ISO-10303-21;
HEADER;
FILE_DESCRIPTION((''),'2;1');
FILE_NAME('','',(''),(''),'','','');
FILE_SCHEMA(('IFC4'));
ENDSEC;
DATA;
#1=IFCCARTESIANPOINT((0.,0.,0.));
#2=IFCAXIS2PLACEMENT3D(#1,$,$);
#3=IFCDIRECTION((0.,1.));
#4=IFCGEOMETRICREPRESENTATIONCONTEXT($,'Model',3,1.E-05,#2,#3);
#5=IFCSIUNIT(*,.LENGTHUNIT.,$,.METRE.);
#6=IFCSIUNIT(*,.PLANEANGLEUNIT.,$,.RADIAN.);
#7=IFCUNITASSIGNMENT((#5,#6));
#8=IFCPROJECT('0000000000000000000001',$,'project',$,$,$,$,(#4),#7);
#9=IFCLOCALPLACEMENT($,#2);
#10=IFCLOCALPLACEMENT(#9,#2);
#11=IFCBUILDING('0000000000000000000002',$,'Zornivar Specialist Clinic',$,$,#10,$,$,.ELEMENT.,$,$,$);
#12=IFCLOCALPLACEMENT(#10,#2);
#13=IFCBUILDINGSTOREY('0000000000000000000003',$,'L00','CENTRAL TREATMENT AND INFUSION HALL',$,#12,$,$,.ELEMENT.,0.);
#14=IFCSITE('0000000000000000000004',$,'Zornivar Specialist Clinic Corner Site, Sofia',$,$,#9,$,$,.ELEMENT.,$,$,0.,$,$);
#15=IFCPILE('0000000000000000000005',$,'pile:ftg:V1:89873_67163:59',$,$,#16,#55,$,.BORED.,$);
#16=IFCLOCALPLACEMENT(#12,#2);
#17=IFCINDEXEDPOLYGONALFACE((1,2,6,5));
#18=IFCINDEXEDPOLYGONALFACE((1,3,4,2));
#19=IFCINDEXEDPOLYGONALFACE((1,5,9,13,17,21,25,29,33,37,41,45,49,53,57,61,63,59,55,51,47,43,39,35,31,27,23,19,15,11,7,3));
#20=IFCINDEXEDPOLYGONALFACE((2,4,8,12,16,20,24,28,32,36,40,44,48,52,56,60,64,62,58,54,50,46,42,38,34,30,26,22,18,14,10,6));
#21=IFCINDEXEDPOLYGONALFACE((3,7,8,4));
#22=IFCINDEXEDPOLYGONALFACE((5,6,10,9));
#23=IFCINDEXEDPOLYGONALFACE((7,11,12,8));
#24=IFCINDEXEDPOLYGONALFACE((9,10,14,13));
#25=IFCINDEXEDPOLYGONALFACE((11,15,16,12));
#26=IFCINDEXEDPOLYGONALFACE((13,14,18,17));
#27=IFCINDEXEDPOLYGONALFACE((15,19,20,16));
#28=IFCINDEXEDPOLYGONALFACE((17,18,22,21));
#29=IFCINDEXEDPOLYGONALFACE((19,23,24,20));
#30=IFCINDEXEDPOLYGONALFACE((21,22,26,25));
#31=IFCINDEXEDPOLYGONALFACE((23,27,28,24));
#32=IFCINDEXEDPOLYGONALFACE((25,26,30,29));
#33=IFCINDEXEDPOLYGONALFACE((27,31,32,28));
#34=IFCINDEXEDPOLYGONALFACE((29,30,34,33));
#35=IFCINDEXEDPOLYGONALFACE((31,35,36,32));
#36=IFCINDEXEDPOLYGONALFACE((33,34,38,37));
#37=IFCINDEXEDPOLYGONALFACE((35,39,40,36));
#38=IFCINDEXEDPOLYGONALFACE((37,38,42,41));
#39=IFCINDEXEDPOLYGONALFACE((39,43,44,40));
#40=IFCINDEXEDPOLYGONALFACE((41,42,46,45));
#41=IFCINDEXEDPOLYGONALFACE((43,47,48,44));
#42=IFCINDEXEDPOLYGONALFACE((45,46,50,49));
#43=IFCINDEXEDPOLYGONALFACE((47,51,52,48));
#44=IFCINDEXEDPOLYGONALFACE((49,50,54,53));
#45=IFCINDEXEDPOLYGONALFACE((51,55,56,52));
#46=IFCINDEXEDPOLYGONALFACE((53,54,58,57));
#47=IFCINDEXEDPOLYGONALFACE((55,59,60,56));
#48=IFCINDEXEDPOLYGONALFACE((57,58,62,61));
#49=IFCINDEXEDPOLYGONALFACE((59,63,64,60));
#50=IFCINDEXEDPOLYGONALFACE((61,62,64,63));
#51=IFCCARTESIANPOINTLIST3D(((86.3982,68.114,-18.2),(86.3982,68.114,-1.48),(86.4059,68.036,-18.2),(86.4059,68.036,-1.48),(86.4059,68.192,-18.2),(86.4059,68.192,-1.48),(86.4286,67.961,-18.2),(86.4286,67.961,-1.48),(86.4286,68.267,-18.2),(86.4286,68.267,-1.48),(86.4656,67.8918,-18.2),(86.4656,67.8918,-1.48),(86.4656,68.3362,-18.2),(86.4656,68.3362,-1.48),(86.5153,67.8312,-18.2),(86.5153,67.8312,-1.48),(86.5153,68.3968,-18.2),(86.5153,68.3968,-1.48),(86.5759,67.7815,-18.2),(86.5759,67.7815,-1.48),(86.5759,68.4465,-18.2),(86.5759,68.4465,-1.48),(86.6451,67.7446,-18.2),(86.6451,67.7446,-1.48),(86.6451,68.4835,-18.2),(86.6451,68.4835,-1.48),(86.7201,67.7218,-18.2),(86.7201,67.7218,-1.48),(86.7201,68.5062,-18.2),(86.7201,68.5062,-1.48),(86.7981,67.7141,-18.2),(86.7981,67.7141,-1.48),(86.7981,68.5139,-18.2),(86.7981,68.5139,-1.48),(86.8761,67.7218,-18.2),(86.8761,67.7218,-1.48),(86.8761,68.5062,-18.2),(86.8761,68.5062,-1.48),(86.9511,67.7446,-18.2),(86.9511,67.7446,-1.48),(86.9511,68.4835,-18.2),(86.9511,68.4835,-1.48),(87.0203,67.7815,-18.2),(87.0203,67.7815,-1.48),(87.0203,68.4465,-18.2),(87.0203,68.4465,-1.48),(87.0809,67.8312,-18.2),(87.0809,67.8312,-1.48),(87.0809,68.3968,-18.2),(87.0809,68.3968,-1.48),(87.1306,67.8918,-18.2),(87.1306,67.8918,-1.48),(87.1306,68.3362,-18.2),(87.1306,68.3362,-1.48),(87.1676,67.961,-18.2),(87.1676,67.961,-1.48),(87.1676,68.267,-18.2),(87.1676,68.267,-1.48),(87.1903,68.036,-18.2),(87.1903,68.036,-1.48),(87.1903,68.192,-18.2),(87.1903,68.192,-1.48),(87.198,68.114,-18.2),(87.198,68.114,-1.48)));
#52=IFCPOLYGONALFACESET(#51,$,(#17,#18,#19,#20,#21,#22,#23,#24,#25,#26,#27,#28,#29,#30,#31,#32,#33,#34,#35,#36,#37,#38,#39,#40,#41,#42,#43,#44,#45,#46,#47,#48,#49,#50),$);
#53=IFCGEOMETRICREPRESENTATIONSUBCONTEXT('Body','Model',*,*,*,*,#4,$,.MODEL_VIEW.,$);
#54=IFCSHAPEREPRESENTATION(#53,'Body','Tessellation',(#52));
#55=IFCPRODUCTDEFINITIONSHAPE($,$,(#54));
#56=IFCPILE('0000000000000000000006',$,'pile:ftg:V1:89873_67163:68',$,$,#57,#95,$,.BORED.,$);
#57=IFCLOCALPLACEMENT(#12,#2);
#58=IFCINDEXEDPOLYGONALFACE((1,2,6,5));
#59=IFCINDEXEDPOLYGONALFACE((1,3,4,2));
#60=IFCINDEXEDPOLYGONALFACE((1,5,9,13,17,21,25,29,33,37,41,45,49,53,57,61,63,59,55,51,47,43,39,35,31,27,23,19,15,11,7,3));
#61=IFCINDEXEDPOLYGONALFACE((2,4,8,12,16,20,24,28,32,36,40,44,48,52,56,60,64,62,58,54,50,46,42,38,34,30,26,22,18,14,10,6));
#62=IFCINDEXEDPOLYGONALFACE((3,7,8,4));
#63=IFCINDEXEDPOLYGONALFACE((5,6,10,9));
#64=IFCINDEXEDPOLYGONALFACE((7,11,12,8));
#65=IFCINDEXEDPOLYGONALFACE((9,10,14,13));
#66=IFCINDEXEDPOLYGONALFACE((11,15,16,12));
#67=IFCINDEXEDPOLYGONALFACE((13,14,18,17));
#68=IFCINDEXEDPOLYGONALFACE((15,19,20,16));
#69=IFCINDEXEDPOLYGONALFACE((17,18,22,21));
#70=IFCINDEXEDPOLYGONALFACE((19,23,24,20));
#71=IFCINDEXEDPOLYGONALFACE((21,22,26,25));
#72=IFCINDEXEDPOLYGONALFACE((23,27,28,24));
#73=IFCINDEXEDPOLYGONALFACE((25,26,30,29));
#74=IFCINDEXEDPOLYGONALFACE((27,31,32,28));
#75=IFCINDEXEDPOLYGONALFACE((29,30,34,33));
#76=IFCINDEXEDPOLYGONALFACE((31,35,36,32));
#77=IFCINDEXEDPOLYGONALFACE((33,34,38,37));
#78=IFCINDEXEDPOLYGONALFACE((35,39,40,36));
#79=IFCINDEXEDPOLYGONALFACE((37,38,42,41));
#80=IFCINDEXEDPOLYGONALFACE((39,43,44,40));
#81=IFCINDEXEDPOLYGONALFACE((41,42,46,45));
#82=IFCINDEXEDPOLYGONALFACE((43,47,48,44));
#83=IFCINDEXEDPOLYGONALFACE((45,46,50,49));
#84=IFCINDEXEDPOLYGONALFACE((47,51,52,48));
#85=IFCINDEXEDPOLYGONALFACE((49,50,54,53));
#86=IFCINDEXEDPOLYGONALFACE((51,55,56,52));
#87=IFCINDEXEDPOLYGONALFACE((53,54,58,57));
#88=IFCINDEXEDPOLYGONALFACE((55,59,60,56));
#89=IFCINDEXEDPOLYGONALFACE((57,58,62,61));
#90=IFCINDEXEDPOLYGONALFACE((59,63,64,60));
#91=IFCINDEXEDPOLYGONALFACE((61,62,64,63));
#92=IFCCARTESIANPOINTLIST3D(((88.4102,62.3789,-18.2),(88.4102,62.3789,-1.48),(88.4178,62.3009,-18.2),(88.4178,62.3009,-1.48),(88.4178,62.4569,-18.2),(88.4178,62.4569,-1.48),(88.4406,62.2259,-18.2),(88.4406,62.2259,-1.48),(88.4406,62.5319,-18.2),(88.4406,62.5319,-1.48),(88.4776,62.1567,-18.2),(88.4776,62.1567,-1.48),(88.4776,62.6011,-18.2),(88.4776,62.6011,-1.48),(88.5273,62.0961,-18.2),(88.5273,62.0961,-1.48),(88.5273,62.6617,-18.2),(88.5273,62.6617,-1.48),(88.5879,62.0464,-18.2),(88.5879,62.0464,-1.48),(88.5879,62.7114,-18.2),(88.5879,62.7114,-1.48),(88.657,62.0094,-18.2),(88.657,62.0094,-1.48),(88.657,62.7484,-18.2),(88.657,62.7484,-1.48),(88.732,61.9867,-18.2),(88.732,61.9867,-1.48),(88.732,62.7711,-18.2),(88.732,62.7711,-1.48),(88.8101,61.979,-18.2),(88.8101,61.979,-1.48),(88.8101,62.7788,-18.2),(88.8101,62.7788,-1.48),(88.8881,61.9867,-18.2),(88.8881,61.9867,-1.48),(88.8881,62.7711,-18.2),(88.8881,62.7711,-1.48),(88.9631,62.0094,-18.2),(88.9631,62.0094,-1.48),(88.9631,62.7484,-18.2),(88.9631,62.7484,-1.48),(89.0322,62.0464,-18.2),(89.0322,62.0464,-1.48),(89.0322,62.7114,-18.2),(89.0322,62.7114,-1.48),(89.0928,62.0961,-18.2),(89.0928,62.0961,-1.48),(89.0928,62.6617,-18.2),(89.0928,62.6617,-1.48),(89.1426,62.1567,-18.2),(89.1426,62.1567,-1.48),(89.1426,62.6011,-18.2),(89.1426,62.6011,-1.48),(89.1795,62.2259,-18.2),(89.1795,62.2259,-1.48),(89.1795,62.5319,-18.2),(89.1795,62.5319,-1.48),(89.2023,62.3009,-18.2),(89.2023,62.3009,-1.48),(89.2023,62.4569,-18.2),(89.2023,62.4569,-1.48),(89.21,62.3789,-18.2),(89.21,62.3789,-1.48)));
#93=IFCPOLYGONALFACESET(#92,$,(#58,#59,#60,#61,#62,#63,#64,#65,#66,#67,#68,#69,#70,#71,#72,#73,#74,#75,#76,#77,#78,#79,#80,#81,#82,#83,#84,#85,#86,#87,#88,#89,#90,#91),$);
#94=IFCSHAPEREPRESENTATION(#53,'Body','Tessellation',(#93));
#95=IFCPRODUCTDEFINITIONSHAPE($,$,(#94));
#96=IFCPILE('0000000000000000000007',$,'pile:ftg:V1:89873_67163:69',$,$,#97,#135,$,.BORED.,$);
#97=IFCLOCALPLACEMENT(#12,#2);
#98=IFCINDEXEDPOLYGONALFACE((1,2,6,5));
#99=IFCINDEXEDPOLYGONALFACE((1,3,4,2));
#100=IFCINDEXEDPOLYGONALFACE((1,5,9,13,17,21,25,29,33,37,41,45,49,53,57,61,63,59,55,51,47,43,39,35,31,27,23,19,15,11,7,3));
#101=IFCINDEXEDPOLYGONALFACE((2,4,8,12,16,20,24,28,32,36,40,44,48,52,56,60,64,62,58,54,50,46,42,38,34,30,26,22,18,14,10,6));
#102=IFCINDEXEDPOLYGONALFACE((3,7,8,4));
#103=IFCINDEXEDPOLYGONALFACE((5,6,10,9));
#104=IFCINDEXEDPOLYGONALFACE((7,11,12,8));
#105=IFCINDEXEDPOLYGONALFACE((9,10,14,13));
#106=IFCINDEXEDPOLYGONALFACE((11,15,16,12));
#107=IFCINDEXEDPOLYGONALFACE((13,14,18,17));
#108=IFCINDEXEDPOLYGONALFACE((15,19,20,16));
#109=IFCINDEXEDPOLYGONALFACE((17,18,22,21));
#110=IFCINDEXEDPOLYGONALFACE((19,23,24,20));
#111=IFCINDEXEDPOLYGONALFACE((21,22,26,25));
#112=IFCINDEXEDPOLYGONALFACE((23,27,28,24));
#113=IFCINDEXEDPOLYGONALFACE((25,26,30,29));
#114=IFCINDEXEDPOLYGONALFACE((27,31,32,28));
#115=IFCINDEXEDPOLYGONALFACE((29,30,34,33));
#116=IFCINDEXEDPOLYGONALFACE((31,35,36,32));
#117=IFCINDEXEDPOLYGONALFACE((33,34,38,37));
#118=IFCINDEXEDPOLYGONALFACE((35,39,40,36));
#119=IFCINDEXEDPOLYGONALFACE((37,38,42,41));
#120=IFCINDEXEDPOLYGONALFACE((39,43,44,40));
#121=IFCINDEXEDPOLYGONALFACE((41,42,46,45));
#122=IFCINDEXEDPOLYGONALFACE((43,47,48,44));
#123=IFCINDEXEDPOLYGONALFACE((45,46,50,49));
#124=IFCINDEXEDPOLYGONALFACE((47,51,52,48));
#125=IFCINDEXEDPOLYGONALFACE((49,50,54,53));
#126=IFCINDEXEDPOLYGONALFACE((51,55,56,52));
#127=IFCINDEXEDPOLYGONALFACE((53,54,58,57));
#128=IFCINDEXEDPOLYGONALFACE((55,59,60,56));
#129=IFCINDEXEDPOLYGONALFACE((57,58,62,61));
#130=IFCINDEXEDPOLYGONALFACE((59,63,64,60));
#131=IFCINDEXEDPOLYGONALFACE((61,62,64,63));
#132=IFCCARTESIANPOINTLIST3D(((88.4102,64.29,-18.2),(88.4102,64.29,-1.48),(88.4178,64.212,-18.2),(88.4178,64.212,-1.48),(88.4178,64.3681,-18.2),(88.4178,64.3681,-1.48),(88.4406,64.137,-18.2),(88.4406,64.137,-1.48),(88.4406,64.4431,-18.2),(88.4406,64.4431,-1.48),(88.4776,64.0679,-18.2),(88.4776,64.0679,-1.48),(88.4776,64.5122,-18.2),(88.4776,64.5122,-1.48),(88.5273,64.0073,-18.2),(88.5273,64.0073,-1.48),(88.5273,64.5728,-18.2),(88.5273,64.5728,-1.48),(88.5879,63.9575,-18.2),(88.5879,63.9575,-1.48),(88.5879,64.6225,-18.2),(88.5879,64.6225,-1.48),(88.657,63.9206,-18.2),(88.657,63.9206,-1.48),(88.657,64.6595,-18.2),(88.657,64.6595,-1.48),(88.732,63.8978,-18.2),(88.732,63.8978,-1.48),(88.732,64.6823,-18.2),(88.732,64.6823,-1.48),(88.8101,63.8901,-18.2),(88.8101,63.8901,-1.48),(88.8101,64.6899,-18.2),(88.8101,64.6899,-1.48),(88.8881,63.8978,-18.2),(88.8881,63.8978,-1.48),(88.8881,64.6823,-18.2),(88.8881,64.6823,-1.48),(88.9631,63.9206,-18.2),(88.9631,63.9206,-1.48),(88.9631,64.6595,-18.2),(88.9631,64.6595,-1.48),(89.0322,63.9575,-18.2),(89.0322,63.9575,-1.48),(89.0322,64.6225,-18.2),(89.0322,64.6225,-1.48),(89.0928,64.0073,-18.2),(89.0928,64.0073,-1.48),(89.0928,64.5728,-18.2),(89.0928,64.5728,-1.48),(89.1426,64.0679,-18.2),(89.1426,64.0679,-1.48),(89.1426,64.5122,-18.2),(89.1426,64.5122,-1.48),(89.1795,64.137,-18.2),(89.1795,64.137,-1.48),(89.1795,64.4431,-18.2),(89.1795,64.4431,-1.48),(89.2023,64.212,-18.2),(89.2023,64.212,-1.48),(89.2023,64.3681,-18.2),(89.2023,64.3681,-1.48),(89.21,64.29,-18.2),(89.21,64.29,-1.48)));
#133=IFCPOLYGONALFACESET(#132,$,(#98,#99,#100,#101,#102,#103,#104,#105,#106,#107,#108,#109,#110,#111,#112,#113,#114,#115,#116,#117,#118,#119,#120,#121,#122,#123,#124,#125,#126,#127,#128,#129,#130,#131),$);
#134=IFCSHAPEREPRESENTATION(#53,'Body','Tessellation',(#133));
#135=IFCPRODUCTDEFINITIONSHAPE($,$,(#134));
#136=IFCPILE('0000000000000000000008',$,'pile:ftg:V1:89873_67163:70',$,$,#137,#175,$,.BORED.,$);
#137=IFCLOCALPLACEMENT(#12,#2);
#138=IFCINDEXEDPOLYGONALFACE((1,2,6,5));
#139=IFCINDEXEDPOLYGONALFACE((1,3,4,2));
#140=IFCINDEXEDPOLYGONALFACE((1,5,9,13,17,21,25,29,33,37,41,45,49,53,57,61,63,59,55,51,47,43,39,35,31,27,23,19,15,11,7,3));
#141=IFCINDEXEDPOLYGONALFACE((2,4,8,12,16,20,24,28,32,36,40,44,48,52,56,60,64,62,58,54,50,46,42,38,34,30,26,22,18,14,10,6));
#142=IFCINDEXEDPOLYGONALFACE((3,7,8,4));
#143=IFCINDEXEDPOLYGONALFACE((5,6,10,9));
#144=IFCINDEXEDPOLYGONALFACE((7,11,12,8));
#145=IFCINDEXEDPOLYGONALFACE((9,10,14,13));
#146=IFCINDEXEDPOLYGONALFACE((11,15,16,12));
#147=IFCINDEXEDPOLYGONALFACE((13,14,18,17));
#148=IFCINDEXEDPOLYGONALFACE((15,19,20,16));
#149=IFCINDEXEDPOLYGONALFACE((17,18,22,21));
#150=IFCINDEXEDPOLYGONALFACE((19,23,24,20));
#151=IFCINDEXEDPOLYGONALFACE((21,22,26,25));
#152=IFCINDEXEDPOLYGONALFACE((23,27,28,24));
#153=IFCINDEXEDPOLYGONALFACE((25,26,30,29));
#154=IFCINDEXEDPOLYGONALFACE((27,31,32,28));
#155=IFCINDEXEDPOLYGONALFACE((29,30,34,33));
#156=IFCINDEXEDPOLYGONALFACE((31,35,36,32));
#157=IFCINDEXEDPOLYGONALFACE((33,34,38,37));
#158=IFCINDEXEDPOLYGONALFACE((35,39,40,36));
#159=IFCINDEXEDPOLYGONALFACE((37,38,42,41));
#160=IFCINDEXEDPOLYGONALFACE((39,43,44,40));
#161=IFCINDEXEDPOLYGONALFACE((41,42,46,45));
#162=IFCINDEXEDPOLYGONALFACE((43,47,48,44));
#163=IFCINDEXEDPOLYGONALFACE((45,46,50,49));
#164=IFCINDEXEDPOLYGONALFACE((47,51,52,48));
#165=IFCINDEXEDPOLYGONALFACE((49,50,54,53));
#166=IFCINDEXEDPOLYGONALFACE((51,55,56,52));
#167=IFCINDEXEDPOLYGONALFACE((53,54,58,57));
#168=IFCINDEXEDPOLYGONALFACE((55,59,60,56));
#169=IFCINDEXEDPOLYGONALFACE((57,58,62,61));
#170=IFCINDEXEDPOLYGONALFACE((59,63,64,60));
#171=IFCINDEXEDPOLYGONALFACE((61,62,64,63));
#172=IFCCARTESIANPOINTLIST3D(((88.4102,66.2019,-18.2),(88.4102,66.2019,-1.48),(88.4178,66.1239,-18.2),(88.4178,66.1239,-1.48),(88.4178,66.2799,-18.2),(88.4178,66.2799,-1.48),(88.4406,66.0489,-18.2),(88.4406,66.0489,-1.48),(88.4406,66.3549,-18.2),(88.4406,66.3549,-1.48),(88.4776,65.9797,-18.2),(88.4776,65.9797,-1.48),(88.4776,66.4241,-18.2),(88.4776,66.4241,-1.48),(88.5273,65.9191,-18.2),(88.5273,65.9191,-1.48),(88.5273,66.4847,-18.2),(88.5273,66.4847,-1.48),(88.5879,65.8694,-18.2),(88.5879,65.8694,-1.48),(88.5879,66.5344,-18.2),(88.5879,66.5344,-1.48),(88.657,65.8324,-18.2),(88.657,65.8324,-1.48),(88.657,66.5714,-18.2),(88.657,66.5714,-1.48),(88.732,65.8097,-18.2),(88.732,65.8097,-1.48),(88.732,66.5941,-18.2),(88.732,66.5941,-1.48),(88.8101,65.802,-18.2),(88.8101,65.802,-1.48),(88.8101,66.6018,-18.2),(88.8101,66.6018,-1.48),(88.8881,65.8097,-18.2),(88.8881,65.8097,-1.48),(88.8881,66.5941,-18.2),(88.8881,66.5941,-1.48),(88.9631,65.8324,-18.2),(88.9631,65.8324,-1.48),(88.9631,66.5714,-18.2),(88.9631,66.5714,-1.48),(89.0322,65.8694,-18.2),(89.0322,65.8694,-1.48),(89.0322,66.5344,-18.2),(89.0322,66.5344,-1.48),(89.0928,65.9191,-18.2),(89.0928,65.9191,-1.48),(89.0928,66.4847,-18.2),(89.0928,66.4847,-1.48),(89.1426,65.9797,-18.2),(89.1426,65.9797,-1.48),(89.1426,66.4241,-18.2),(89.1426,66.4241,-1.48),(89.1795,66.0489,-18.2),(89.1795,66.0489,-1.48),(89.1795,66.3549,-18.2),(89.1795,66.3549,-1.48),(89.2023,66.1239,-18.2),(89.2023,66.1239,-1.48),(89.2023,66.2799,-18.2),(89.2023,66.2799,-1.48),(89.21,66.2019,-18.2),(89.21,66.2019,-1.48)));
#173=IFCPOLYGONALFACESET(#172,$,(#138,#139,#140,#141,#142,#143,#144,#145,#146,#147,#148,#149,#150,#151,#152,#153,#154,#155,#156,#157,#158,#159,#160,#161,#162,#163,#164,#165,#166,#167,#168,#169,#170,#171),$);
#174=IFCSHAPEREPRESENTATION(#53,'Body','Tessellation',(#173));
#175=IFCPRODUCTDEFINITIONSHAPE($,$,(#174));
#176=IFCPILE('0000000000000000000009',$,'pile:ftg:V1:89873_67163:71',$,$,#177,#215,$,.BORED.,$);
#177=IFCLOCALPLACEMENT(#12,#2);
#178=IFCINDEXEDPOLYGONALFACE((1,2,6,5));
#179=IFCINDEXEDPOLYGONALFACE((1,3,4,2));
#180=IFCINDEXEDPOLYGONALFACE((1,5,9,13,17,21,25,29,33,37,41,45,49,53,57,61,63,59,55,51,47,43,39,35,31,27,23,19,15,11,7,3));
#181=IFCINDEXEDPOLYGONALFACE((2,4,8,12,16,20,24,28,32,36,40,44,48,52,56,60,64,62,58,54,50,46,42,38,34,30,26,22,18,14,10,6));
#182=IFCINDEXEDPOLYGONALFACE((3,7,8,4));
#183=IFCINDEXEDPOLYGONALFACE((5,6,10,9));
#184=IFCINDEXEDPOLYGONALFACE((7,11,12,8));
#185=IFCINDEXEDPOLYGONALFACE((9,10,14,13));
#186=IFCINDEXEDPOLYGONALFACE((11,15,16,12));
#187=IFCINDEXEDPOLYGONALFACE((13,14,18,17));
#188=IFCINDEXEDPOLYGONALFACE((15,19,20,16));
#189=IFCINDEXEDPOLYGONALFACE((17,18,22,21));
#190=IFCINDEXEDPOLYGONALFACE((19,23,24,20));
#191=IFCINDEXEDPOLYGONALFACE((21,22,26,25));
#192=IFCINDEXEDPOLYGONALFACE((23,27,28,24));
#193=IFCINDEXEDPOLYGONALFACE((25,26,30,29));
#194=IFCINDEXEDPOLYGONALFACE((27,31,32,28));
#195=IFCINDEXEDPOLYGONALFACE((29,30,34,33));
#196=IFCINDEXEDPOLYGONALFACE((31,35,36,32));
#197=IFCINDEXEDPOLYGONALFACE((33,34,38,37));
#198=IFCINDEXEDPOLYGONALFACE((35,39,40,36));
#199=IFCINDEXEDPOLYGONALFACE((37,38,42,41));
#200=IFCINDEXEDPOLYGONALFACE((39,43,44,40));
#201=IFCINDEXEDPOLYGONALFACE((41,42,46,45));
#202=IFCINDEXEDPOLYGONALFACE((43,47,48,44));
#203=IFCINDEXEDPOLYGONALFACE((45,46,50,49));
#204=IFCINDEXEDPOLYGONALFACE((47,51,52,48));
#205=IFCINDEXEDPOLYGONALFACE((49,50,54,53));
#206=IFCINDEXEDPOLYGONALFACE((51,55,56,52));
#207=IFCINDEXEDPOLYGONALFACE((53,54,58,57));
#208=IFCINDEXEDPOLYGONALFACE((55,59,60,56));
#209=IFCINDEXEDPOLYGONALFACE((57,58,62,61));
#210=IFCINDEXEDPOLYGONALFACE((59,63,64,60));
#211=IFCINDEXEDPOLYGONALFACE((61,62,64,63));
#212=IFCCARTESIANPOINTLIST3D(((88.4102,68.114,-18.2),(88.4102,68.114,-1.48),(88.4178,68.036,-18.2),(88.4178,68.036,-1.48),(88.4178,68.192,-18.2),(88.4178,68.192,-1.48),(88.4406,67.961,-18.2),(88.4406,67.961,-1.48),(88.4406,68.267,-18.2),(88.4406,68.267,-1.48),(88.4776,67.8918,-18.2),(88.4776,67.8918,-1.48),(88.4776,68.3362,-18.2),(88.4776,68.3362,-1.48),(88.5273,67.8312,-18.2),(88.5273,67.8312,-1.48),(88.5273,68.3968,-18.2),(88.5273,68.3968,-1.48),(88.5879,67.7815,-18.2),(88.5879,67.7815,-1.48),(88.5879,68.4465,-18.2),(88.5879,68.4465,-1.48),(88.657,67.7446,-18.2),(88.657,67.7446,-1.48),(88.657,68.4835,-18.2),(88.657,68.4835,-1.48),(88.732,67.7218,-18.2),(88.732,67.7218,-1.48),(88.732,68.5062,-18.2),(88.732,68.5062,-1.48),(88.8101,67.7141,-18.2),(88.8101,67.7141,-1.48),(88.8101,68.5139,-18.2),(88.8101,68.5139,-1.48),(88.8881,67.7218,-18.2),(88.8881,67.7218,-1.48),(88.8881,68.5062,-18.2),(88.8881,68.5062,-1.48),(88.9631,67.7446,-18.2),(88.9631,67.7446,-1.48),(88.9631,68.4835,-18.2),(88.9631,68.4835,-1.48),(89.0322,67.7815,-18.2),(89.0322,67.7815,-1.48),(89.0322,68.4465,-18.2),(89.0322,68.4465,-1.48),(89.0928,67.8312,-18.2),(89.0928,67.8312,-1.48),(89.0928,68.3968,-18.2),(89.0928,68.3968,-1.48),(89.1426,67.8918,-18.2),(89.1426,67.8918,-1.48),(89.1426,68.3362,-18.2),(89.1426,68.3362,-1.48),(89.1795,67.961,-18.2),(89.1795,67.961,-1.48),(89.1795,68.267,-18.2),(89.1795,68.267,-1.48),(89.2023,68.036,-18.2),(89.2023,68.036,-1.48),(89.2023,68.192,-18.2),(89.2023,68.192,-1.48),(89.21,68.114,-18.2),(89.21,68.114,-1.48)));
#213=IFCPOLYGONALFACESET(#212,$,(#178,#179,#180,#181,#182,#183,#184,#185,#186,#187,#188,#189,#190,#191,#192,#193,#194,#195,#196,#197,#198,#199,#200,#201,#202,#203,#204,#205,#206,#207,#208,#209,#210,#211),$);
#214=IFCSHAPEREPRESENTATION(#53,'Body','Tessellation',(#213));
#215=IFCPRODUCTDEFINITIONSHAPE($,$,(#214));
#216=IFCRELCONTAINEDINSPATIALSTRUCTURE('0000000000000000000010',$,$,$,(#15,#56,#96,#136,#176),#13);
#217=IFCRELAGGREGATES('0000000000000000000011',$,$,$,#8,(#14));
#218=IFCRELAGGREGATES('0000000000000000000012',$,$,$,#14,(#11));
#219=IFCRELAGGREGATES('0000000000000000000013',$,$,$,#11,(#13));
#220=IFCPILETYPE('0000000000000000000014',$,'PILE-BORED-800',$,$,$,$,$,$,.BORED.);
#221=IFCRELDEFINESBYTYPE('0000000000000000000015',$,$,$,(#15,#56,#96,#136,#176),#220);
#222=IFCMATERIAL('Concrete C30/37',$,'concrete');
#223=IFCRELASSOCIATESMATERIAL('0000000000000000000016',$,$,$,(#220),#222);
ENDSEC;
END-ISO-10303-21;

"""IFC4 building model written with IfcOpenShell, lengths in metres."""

from ifc_helpers import new_model, si_unit, direction, frame, origin, origin_2d, place, context, subcontext, project, spatial, circle, extrude, material, material_profile, profile_set, type_object, element, save


model = new_model("IFC4")

# Units and contexts
model_context = context("Model", 3, precision=1e-05, world=origin(), true_north=direction((0.0, 1.0)))
body_context = subcontext(model_context, "Body", "Model", "MODEL_VIEW")
ifc_project = project(units=[si_unit("LENGTHUNIT", "METRE"), si_unit("PLANEANGLEUNIT", "RADIAN")], contexts=[model_context])

# Site, building, storey
site_placement = place(None, origin())
site = spatial("IfcSite", under=ifc_project, at=site_placement, Name="Zornivar Specialist Clinic Corner Site, Sofia", CompositionType="ELEMENT", RefElevation=0.0)
building_placement = place(site_placement, origin())
building = spatial("IfcBuilding", under=site, at=building_placement, Name="Zornivar Specialist Clinic", CompositionType="ELEMENT")
storey_placement = place(building_placement, origin())
storey = spatial("IfcBuildingStorey", under=building, at=storey_placement, Name="L00", Description="CENTRAL TREATMENT AND INFUSION HALL", CompositionType="ELEMENT", Elevation=0.0)

# Piles
ifc_material_1 = material(Name="Concrete C30/37", Category="concrete")
ifc_material_profile_1 = material_profile(ifc_material_1, circle(Radius=0.3999, at=origin_2d()), Name="PILE D800")
ifc_profile_set_1 = profile_set([ifc_material_profile_1], Name="Concrete C30/37")
pile_type = type_object("IfcPileType", Name="PILE-BORED-800", PredefinedType="BORED", material=ifc_profile_set_1)
for number, where, z_axis, x_axis, name in (
    (1, (86.7981, 68.114, -1.48), (0.0, 0.0, -1.0), (1.0, 0.0, 0.0), "pile:ftg:V1:89873_67163:59"),
    (2, (88.8101, 62.3789, -1.48), (0.0, 0.0, -1.0), (1.0, 0.0, 0.0), "pile:ftg:V1:89873_67163:68"),
    (3, (88.8101, 64.29, -1.48), (0.0, 0.0, -1.0), (1.0, 0.0, 0.0), "pile:ftg:V1:89873_67163:69"),
    (4, (88.8101, 66.2019, -1.48), (0.0, 0.0, -1.0), (1.0, 0.0, 0.0), "pile:ftg:V1:89873_67163:70"),
    (5, (88.8101, 68.114, -1.48), (0.0, 0.0, -1.0), (1.0, 0.0, 0.0), "pile:ftg:V1:89873_67163:71"),
):
    element("IfcPile", number, at=place(storey_placement, frame(where, z_axis=z_axis, x_axis=x_axis)), inside=storey, type_object=pile_type, Name=name, PredefinedType="BORED", context=body_context, shape_type="SweptSolid", body=[
        extrude(circle(Radius=0.3999, at=origin_2d()), origin(), (0.0, 0.0, 1.0), 16.72),
    ])

save(model, "model.ifc")
